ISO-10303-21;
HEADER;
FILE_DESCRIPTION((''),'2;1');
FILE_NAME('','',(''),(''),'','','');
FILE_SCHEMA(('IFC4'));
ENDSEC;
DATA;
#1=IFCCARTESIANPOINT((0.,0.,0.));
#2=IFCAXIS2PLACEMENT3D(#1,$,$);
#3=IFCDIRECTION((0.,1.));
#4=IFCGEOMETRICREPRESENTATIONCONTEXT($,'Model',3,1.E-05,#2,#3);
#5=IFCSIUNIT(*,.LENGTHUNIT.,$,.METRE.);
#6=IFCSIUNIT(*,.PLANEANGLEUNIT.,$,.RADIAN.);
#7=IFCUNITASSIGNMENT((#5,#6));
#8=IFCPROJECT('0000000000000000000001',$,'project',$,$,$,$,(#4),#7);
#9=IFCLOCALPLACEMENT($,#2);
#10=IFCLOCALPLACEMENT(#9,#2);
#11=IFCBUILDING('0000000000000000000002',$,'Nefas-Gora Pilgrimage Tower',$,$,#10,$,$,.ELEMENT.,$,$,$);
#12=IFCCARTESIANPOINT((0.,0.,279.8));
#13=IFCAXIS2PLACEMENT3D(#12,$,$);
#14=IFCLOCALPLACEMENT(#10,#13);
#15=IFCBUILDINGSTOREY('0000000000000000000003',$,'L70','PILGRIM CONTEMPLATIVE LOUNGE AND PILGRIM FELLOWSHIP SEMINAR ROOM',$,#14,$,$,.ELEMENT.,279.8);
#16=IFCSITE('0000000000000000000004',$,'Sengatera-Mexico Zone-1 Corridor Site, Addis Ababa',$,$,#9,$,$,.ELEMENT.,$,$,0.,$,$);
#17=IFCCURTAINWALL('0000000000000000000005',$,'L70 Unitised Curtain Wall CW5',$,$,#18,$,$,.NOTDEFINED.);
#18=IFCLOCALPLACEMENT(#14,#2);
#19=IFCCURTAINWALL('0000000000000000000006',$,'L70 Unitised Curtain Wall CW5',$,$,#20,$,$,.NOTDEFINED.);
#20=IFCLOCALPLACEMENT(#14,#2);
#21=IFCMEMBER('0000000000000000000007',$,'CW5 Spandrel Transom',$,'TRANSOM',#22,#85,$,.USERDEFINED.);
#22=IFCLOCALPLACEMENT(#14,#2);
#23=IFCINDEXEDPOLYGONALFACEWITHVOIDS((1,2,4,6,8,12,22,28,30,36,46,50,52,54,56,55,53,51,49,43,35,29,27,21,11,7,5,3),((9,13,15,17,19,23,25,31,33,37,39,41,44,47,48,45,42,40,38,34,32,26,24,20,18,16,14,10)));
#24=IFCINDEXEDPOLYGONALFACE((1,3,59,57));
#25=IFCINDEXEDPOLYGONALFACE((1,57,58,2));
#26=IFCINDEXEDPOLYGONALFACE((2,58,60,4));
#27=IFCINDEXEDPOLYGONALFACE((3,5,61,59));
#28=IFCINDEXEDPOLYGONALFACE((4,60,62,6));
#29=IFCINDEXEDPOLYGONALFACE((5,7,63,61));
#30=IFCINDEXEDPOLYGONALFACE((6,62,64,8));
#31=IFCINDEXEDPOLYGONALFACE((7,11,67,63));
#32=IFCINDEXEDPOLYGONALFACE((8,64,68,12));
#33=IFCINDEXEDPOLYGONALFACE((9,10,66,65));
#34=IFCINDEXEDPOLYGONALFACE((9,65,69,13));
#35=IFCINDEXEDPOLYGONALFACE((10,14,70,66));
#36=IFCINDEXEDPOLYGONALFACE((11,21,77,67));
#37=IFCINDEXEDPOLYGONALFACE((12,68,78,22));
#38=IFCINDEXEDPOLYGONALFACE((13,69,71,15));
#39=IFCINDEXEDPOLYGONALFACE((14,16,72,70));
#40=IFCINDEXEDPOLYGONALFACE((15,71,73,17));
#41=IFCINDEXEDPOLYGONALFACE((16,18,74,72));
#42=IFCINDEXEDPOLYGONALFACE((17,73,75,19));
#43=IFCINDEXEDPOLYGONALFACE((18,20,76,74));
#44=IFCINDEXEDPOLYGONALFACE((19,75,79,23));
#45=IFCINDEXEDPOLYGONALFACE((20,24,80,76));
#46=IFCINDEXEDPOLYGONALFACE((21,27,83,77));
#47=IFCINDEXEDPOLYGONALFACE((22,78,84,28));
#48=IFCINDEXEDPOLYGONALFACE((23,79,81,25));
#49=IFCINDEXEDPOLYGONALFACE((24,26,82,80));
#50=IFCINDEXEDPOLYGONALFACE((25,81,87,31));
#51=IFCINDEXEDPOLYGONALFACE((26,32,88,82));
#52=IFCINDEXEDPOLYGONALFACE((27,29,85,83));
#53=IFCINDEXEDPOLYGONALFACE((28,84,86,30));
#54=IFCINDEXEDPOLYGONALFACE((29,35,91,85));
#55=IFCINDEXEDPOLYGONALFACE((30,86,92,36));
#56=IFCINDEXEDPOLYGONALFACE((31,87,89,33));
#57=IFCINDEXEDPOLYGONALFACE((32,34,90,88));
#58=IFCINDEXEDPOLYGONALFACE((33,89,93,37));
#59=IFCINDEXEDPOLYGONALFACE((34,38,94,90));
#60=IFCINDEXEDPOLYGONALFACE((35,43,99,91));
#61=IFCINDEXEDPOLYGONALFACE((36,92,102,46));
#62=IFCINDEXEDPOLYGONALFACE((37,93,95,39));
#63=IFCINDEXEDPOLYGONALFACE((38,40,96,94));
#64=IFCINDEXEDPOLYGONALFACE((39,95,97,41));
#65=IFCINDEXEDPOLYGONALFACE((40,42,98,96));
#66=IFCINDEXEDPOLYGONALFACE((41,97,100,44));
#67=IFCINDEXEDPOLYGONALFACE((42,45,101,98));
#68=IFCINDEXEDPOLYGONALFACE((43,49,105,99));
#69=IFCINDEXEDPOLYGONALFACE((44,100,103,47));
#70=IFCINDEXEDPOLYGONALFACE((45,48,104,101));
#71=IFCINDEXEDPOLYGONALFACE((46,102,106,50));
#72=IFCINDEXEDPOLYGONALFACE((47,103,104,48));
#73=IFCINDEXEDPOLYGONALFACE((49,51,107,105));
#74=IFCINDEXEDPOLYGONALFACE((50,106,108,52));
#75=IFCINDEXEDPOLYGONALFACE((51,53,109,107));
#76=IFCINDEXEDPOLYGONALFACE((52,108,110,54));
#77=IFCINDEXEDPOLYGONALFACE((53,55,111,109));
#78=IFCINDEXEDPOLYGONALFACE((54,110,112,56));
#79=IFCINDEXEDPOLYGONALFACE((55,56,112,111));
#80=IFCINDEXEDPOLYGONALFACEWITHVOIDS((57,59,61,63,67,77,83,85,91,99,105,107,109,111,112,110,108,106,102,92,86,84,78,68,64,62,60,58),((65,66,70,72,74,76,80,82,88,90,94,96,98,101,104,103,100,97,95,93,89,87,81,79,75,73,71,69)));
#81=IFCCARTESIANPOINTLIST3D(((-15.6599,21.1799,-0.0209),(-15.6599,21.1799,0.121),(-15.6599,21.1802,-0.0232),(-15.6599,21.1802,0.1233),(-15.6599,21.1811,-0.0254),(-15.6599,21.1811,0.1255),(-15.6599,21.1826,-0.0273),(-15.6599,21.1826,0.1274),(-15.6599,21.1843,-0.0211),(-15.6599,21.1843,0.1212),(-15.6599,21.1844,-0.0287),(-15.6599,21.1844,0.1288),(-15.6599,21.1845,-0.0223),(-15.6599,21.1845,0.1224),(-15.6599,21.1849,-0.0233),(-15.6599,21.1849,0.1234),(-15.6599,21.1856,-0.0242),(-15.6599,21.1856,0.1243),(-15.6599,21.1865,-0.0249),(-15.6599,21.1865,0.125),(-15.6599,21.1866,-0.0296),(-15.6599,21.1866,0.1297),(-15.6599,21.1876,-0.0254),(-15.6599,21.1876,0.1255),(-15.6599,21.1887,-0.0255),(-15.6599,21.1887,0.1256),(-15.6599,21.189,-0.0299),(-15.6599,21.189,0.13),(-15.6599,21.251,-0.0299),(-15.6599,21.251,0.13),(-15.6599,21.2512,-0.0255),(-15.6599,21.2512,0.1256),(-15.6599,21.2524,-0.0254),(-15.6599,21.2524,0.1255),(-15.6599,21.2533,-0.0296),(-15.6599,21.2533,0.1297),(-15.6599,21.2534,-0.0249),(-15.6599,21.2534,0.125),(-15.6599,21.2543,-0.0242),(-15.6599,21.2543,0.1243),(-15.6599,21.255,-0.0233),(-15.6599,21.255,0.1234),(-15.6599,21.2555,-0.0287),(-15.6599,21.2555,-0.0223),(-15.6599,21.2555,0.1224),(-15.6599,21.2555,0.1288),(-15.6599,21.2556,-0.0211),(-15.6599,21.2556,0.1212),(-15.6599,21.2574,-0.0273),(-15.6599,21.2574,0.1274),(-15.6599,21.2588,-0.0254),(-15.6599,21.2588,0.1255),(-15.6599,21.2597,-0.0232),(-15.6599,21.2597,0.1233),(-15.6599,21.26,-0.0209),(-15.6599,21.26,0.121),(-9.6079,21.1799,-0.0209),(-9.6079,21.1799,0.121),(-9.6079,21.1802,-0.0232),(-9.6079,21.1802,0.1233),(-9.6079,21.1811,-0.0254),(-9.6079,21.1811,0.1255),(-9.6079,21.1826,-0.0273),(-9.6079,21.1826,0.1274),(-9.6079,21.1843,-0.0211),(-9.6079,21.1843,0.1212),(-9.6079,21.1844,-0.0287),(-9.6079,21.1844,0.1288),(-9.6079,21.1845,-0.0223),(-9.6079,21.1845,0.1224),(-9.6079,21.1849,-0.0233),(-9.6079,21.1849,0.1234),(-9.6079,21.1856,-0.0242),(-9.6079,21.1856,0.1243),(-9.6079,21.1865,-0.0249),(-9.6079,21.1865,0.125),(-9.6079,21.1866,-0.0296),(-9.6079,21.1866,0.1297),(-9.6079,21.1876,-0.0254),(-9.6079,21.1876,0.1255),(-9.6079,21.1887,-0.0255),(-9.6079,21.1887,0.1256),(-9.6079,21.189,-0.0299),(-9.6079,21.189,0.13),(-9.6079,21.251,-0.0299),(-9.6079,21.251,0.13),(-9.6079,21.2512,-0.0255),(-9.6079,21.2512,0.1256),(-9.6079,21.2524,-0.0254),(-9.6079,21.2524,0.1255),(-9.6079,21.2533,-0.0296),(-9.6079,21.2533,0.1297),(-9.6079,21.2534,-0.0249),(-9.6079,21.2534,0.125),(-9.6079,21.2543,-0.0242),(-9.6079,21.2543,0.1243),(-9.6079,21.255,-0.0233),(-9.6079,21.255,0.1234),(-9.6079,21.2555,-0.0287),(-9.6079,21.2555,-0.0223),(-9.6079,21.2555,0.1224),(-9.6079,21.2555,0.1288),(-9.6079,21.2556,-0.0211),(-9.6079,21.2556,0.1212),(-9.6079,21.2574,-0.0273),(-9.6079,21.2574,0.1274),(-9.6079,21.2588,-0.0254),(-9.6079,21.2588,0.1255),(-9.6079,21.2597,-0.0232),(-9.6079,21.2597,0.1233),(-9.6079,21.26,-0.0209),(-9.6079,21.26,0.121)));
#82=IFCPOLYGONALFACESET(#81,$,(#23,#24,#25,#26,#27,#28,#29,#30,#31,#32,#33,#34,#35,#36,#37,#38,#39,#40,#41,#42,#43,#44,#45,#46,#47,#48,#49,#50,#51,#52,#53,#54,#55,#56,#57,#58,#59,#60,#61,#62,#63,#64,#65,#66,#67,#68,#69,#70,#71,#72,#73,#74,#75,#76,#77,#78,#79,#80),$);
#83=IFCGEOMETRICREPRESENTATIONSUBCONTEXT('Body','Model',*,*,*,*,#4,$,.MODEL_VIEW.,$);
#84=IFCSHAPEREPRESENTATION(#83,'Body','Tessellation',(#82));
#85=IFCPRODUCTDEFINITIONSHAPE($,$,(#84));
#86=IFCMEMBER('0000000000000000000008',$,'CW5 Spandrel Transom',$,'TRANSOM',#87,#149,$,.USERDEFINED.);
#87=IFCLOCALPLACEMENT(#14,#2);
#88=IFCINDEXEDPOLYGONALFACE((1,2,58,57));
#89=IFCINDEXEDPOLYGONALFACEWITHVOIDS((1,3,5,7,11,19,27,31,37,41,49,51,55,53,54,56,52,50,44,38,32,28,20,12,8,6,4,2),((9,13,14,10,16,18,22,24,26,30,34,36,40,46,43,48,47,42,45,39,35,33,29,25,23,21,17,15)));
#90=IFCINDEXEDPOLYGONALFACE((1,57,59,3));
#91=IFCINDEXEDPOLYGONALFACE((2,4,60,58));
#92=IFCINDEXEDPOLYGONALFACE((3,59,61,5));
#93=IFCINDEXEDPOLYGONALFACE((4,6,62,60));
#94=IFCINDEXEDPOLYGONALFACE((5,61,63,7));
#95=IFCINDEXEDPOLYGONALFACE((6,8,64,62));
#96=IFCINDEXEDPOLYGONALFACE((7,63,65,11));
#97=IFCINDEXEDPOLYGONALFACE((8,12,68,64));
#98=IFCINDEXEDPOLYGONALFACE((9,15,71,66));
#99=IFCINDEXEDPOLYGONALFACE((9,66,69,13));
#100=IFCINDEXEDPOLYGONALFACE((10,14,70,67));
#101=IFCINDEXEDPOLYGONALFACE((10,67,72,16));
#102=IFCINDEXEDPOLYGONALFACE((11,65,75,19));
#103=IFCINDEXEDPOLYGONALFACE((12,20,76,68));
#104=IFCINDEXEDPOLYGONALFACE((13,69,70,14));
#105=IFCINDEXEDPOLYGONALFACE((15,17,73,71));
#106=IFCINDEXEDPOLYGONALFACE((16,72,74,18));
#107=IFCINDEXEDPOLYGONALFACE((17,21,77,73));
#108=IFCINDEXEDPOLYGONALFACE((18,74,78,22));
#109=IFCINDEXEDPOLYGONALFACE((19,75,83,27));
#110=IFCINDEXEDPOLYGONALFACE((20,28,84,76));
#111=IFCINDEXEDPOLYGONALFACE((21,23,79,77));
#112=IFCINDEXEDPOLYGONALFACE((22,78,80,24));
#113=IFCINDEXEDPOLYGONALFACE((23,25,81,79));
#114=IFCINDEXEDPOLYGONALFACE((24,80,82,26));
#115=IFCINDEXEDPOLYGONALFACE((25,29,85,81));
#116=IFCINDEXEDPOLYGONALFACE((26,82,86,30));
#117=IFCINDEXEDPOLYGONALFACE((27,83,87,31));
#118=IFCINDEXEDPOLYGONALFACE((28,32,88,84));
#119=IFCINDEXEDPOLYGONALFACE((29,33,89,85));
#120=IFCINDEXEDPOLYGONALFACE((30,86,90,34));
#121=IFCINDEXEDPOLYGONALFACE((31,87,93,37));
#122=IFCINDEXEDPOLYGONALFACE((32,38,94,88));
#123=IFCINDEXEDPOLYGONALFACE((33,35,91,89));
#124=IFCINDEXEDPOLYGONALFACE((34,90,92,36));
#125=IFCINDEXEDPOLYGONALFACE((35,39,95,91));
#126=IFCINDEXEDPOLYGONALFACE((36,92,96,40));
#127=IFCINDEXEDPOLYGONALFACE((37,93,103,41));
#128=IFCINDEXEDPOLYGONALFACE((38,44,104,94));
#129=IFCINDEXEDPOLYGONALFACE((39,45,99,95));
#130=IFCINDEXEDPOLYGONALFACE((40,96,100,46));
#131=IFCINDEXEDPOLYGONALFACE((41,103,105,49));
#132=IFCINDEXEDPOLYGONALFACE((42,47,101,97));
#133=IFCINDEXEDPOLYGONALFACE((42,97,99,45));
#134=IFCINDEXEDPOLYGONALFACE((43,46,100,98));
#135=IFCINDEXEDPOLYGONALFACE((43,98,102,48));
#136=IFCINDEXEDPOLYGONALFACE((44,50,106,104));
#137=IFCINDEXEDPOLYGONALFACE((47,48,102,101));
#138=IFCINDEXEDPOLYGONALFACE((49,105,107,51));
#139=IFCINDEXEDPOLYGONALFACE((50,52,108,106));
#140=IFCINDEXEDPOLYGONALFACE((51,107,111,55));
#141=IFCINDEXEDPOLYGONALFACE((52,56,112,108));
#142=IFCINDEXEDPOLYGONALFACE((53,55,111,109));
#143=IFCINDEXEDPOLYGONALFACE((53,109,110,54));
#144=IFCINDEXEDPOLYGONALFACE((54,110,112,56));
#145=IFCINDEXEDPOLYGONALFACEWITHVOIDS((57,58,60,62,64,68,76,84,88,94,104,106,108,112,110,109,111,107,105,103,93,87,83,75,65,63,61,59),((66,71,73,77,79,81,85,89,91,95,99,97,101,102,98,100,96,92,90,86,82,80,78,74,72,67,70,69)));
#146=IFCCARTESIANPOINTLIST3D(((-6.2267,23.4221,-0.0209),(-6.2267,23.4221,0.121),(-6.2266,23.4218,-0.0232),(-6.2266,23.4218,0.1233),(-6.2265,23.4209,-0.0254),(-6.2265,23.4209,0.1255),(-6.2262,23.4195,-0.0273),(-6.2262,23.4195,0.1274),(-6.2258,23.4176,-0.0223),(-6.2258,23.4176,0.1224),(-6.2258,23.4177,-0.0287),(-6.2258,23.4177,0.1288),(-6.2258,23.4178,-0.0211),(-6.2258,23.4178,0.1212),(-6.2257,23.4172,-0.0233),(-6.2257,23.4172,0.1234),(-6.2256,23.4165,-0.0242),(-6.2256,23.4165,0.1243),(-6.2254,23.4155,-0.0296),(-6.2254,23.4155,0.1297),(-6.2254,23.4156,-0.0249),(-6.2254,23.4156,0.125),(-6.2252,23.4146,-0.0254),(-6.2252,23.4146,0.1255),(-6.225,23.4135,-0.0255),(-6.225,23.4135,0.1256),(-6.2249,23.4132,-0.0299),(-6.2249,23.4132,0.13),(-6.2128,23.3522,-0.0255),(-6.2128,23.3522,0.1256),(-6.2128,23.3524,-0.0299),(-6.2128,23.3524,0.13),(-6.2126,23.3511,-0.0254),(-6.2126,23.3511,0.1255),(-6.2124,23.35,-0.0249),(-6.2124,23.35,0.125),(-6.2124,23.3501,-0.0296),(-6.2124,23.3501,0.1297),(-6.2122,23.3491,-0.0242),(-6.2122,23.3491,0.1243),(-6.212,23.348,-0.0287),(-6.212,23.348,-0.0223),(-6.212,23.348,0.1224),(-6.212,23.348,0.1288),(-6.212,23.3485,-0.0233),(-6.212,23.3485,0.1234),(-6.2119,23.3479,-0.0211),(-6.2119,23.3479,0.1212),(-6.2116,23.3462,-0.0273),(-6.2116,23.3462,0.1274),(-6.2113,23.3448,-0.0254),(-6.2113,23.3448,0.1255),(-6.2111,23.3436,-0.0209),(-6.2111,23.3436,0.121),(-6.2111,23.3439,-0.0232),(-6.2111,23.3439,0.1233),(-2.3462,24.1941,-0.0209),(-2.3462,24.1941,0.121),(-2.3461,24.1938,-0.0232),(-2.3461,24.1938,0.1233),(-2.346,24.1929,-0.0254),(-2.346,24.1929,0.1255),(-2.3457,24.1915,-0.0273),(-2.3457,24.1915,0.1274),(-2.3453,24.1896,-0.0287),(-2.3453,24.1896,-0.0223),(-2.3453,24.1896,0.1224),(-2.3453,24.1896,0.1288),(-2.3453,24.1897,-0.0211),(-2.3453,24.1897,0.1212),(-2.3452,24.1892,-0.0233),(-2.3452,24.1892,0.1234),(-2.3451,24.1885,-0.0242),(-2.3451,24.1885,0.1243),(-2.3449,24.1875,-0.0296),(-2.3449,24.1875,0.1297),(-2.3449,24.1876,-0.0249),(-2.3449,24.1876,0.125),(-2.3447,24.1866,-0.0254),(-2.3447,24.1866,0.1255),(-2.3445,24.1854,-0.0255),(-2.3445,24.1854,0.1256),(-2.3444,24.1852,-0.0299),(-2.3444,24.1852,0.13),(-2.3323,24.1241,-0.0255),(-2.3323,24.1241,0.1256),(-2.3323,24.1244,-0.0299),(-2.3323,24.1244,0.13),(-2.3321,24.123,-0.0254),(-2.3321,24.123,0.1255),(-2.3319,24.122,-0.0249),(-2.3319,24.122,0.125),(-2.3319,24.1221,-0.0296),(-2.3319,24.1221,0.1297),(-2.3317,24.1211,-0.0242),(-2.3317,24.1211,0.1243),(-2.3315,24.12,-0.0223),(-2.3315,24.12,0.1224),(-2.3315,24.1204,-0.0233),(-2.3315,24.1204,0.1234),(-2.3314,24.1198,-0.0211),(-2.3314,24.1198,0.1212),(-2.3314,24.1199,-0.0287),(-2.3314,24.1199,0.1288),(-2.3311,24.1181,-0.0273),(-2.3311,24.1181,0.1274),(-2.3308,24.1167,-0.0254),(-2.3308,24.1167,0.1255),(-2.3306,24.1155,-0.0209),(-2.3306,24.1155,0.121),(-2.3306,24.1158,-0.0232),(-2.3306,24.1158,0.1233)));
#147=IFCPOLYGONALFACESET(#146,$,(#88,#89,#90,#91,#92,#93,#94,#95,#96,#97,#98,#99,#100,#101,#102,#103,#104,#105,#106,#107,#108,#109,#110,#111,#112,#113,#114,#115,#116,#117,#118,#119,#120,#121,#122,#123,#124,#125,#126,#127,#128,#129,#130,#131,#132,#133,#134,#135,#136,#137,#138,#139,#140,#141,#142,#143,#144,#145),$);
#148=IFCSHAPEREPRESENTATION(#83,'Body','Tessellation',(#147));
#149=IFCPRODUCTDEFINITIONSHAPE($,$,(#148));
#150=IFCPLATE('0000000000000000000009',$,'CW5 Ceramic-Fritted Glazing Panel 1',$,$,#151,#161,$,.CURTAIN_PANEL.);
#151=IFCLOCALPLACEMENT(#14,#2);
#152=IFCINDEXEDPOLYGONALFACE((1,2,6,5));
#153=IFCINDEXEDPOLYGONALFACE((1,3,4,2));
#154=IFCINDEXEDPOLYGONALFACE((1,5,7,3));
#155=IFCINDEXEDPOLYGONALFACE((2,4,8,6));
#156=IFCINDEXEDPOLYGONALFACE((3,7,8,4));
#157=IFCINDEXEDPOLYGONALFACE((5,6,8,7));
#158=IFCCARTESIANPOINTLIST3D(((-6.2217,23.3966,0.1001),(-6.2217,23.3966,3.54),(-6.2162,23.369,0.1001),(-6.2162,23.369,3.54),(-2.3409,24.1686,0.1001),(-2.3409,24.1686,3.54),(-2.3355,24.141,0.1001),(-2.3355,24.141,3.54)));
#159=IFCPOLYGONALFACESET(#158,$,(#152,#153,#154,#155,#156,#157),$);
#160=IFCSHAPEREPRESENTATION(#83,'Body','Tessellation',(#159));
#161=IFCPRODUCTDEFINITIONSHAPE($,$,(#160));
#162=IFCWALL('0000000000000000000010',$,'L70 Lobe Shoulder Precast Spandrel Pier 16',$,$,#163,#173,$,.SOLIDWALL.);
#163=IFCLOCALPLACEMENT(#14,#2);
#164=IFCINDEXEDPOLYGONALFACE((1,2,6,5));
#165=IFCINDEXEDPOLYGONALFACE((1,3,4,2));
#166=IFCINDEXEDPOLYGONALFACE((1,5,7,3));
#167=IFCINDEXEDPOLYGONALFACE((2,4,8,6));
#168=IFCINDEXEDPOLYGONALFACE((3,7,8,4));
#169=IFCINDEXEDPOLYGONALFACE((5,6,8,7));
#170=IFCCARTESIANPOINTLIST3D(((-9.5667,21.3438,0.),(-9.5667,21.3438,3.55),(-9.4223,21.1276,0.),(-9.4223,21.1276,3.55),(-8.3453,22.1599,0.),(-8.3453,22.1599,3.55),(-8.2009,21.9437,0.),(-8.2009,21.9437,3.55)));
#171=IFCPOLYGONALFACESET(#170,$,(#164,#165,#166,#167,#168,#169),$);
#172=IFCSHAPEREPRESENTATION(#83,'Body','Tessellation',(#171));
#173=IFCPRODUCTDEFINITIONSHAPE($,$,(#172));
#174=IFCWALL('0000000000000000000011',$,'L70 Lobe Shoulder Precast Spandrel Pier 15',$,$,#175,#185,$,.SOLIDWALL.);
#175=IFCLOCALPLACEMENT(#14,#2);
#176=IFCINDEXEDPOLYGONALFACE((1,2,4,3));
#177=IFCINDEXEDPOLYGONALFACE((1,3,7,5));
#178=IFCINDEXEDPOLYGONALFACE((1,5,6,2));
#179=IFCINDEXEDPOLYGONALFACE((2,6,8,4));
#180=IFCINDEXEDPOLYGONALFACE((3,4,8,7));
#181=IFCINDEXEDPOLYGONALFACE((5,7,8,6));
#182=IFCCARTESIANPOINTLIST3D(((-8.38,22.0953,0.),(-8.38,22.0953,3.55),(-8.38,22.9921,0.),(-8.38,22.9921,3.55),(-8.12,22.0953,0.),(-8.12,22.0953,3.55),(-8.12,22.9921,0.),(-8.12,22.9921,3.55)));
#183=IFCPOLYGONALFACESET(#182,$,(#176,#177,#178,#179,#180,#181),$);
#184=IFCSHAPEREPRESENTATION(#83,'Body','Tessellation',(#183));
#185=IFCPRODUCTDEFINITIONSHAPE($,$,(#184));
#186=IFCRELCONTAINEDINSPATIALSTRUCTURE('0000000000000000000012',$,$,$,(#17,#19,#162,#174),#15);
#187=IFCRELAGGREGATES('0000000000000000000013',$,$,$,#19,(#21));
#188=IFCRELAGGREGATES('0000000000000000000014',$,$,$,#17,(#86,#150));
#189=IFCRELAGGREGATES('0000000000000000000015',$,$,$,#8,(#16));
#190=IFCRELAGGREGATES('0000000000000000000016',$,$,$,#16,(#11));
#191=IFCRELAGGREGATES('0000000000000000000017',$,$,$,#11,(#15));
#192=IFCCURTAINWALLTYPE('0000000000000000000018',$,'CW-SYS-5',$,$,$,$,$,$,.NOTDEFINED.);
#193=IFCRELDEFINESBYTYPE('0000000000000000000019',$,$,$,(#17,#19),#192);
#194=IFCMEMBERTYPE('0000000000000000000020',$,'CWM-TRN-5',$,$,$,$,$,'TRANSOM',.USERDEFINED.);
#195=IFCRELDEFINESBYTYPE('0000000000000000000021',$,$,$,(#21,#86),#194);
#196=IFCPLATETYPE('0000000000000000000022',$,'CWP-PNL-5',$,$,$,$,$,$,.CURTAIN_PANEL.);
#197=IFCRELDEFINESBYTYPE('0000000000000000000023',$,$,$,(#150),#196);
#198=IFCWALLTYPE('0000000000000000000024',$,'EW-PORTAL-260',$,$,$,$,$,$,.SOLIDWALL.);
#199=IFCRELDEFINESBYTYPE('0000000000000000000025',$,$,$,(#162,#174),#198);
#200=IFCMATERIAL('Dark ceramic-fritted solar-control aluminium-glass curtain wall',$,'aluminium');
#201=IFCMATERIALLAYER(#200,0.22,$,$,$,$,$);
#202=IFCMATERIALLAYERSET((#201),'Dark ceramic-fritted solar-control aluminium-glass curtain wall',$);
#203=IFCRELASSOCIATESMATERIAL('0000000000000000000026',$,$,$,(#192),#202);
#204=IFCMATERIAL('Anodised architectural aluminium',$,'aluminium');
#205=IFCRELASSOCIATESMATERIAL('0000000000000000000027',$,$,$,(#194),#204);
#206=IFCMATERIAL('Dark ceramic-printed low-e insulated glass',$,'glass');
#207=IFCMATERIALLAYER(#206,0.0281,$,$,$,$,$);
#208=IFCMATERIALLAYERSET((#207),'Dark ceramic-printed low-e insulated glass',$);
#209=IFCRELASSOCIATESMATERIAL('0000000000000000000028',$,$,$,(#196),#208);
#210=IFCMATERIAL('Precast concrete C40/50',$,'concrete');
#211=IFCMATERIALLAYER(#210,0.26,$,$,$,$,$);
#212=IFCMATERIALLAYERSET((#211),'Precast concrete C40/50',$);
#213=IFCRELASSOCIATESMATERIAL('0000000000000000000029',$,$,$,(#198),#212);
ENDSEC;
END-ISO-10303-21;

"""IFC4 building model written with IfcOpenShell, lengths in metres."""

from ifc_helpers import new_model, si_unit, direction, frame, frame_2d, origin, origin_2d, place, context, subcontext, project, spatial, rectangle, hollow_rectangle, extrude, source, transform, mapped, material, layer, layer_set, material_profile, profile_set, type_object, element, aggregate, save


model = new_model("IFC4")

# Units and contexts
model_context = context("Model", 3, precision=1e-05, world=origin(), true_north=direction((0.0, 1.0)))
body_context = subcontext(model_context, "Body", "Model", "MODEL_VIEW")
ifc_project = project(units=[si_unit("LENGTHUNIT", "METRE"), si_unit("PLANEANGLEUNIT", "RADIAN")], contexts=[model_context])

# Site, building, storey
site_placement = place(None, origin())
site = spatial("IfcSite", under=ifc_project, at=site_placement, Name="Sengatera-Mexico Zone-1 Corridor Site, Addis Ababa", CompositionType="ELEMENT", RefElevation=0.0)
building_placement = place(site_placement, origin())
building = spatial("IfcBuilding", under=site, at=building_placement, Name="Nefas-Gora Pilgrimage Tower", CompositionType="ELEMENT")
storey_placement = place(building_placement, frame((0.0, 0.0, 279.8)))
storey = spatial("IfcBuildingStorey", under=building, at=storey_placement, Name="L70", Description="PILGRIM CONTEMPLATIVE LOUNGE AND PILGRIM FELLOWSHIP SEMINAR ROOM", CompositionType="ELEMENT", Elevation=279.8)

# Curtain walls, member
ifc_material_1 = material(Name="Dark ceramic-fritted solar-control aluminium-glass curtain wall", Category="aluminium")
ifc_layer_1 = layer(ifc_material_1, 0.22)
ifc_layer_set_1 = layer_set([ifc_layer_1], Name="Dark ceramic-fritted solar-control aluminium-glass curtain wall")
curtain_wall_type = type_object("IfcCurtainWallType", Name="CW-SYS-5", PredefinedType="NOTDEFINED", material=ifc_layer_set_1)
curtain_wall_1_placement = place(storey_placement, origin())
curtain_wall_1 = element("IfcCurtainWall", 1, at=curtain_wall_1_placement, inside=storey, type_object=curtain_wall_type, Name="L70 Unitised Curtain Wall CW5", PredefinedType="NOTDEFINED")
ifc_material_2 = material(Name="Anodised architectural aluminium", Category="aluminium")
curtain_wall_2_placement = place(storey_placement, origin())
curtain_wall_2 = element("IfcCurtainWall", 2, at=curtain_wall_2_placement, inside=storey, type_object=curtain_wall_type, Name="L70 Unitised Curtain Wall CW5", PredefinedType="NOTDEFINED")
ifc_material_profile_1 = material_profile(ifc_material_2, hollow_rectangle(XDim=0.0801, YDim=0.1599, WallThickness=0.0044, InnerFilletRadius=0.0044, OuterFilletRadius=0.009, at=origin_2d()), Name="ALU TRANSOM 80x160")
ifc_profile_set_1 = profile_set([ifc_material_profile_1], Name="Anodised architectural aluminium")
member_type_1 = type_object("IfcMemberType", Name="CWM-TRN-5", ElementType="TRANSOM", PredefinedType="USERDEFINED", material=ifc_profile_set_1)
shared_shape_1 = source(origin(), body_context, "Body", "SweptSolid", [
    extrude(hollow_rectangle(XDim=0.0801, YDim=0.1599, WallThickness=0.0044, InnerFilletRadius=0.0044, OuterFilletRadius=0.009, at=origin_2d()), origin(), (0.0, 0.0, 1.0), 6.052),
])
member_1_placement = place(storey_placement, frame((-9.6079, 21.22, 0.05), z_axis=(-1.0, 0.0, 0.0), x_axis=(0.0, -1.0, 0.0)))
member_1 = element("IfcMember", 3, at=member_1_placement, type_object=member_type_1, Name="CW5 Spandrel Transom", ObjectType="TRANSOM", PredefinedType="USERDEFINED", context=body_context, shape_type="MappedRepresentation", body=[
    mapped(shared_shape_1, transform((0.0, 0.0, 0.0), x_axis=(1.0, 0.0, 0.0), y_axis=(0.0, 1.0, 0.0), z_axis=(0.0, 0.0, 1.0), scale=1.0)),
])
aggregate(curtain_wall_2, [member_1])

# Member
shared_shape_2 = source(origin(), body_context, "Body", "SweptSolid", [
    extrude(hollow_rectangle(XDim=0.0801, YDim=0.1599, WallThickness=0.0044, InnerFilletRadius=0.0044, OuterFilletRadius=0.009, at=origin_2d()), origin(), (0.0, 0.0, 1.0), 3.9565),
])
member_2_placement = place(storey_placement, frame((-2.3384, 24.1548, 0.05), z_axis=(-0.980782, -0.195107, 0.0), x_axis=(0.195107, -0.980782, 0.0)))
member_2 = element("IfcMember", 4, at=member_2_placement, type_object=member_type_1, Name="CW5 Spandrel Transom", ObjectType="TRANSOM", PredefinedType="USERDEFINED", context=body_context, shape_type="MappedRepresentation", body=[
    mapped(shared_shape_2, transform((0.0, 0.0, 0.0), x_axis=(1.0, 0.0, 0.0), y_axis=(0.0, 1.0, 0.0), z_axis=(0.0, 0.0, 1.0), scale=1.0)),
])

# Plate
ifc_material_3 = material(Name="Dark ceramic-printed low-e insulated glass", Category="glass")
ifc_layer_2 = layer(ifc_material_3, 0.0281)
ifc_layer_set_2 = layer_set([ifc_layer_2], Name="Dark ceramic-printed low-e insulated glass")
plate_type = type_object("IfcPlateType", Name="CWP-PNL-5", PredefinedType="CURTAIN_PANEL", material=ifc_layer_set_2)
shared_shape_3 = source(origin(), body_context, "Body", "SweptSolid", [
    extrude(rectangle(XDim=3.9568, YDim=0.0281, at=origin_2d()), origin(), (0.0, 0.0, 1.0), 3.4399),
])
plate_placement = place(storey_placement, frame((-4.2786, 23.7688, 0.1001), z_axis=(0.0, 0.0, 1.0), x_axis=(-0.980783, -0.195102, 0.0)))
plate = element("IfcPlate", 5, at=plate_placement, type_object=plate_type, Name="CW5 Ceramic-Fritted Glazing Panel 1", PredefinedType="CURTAIN_PANEL", context=body_context, shape_type="MappedRepresentation", body=[
    mapped(shared_shape_3, transform((0.0, 0.0, 0.0), x_axis=(1.0, 0.0, 0.0), y_axis=(0.0, 1.0, 0.0), z_axis=(0.0, 0.0, 1.0), scale=1.0)),
])
aggregate(curtain_wall_1, [member_2, plate])

# Walls
ifc_material_4 = material(Name="Precast concrete C40/50", Category="concrete")
ifc_layer_3 = layer(ifc_material_4, 0.26)
ifc_layer_set_3 = layer_set([ifc_layer_3], Name="Precast concrete C40/50")
wall_type_1 = type_object("IfcWallType", Name="EW-PORTAL-260", PredefinedType="SOLIDWALL", material=ifc_layer_set_3)
shared_shape_4 = source(origin(), body_context, "Body", "SweptSolid", [
    extrude(rectangle(XDim=1.469, YDim=0.26, at=frame_2d((0.7344, 0.0))), origin(), (0.0, 0.0, 1.0), 3.55),
])
wall_1_placement = place(storey_placement, frame((-8.2732, 22.0518, 0.0), z_axis=(0.0, 0.0, 1.0), x_axis=(-0.831462, -0.555582, 0.0)))
element("IfcWall", 6, at=wall_1_placement, inside=storey, type_object=wall_type_1, Name="L70 Lobe Shoulder Precast Spandrel Pier 16", PredefinedType="SOLIDWALL", context=body_context, shape_type="MappedRepresentation", body=[
    mapped(shared_shape_4, transform((0.0, 0.0, 0.0), x_axis=(1.0, 0.0, 0.0), y_axis=(0.0, 1.0, 0.0), z_axis=(0.0, 0.0, 1.0), scale=1.0)),
])
shared_shape_5 = source(origin(), body_context, "Body", "SweptSolid", [
    extrude(rectangle(XDim=0.8967, YDim=0.26, at=frame_2d((0.4482, 0.0))), origin(), (0.0, 0.0, 1.0), 3.55),
])
wall_2_placement = place(storey_placement, frame((-8.25, 22.9919, 0.0), z_axis=(0.0, 0.0, 1.0), x_axis=(0.0, -1.0, 0.0)))
element("IfcWall", 7, at=wall_2_placement, inside=storey, type_object=wall_type_1, Name="L70 Lobe Shoulder Precast Spandrel Pier 15", PredefinedType="SOLIDWALL", context=body_context, shape_type="MappedRepresentation", body=[
    mapped(shared_shape_5, transform((0.0, 0.0, 0.0), x_axis=(1.0, 0.0, 0.0), y_axis=(0.0, 1.0, 0.0), z_axis=(0.0, 0.0, 1.0), scale=1.0)),
])

save(model, "model.ifc")
